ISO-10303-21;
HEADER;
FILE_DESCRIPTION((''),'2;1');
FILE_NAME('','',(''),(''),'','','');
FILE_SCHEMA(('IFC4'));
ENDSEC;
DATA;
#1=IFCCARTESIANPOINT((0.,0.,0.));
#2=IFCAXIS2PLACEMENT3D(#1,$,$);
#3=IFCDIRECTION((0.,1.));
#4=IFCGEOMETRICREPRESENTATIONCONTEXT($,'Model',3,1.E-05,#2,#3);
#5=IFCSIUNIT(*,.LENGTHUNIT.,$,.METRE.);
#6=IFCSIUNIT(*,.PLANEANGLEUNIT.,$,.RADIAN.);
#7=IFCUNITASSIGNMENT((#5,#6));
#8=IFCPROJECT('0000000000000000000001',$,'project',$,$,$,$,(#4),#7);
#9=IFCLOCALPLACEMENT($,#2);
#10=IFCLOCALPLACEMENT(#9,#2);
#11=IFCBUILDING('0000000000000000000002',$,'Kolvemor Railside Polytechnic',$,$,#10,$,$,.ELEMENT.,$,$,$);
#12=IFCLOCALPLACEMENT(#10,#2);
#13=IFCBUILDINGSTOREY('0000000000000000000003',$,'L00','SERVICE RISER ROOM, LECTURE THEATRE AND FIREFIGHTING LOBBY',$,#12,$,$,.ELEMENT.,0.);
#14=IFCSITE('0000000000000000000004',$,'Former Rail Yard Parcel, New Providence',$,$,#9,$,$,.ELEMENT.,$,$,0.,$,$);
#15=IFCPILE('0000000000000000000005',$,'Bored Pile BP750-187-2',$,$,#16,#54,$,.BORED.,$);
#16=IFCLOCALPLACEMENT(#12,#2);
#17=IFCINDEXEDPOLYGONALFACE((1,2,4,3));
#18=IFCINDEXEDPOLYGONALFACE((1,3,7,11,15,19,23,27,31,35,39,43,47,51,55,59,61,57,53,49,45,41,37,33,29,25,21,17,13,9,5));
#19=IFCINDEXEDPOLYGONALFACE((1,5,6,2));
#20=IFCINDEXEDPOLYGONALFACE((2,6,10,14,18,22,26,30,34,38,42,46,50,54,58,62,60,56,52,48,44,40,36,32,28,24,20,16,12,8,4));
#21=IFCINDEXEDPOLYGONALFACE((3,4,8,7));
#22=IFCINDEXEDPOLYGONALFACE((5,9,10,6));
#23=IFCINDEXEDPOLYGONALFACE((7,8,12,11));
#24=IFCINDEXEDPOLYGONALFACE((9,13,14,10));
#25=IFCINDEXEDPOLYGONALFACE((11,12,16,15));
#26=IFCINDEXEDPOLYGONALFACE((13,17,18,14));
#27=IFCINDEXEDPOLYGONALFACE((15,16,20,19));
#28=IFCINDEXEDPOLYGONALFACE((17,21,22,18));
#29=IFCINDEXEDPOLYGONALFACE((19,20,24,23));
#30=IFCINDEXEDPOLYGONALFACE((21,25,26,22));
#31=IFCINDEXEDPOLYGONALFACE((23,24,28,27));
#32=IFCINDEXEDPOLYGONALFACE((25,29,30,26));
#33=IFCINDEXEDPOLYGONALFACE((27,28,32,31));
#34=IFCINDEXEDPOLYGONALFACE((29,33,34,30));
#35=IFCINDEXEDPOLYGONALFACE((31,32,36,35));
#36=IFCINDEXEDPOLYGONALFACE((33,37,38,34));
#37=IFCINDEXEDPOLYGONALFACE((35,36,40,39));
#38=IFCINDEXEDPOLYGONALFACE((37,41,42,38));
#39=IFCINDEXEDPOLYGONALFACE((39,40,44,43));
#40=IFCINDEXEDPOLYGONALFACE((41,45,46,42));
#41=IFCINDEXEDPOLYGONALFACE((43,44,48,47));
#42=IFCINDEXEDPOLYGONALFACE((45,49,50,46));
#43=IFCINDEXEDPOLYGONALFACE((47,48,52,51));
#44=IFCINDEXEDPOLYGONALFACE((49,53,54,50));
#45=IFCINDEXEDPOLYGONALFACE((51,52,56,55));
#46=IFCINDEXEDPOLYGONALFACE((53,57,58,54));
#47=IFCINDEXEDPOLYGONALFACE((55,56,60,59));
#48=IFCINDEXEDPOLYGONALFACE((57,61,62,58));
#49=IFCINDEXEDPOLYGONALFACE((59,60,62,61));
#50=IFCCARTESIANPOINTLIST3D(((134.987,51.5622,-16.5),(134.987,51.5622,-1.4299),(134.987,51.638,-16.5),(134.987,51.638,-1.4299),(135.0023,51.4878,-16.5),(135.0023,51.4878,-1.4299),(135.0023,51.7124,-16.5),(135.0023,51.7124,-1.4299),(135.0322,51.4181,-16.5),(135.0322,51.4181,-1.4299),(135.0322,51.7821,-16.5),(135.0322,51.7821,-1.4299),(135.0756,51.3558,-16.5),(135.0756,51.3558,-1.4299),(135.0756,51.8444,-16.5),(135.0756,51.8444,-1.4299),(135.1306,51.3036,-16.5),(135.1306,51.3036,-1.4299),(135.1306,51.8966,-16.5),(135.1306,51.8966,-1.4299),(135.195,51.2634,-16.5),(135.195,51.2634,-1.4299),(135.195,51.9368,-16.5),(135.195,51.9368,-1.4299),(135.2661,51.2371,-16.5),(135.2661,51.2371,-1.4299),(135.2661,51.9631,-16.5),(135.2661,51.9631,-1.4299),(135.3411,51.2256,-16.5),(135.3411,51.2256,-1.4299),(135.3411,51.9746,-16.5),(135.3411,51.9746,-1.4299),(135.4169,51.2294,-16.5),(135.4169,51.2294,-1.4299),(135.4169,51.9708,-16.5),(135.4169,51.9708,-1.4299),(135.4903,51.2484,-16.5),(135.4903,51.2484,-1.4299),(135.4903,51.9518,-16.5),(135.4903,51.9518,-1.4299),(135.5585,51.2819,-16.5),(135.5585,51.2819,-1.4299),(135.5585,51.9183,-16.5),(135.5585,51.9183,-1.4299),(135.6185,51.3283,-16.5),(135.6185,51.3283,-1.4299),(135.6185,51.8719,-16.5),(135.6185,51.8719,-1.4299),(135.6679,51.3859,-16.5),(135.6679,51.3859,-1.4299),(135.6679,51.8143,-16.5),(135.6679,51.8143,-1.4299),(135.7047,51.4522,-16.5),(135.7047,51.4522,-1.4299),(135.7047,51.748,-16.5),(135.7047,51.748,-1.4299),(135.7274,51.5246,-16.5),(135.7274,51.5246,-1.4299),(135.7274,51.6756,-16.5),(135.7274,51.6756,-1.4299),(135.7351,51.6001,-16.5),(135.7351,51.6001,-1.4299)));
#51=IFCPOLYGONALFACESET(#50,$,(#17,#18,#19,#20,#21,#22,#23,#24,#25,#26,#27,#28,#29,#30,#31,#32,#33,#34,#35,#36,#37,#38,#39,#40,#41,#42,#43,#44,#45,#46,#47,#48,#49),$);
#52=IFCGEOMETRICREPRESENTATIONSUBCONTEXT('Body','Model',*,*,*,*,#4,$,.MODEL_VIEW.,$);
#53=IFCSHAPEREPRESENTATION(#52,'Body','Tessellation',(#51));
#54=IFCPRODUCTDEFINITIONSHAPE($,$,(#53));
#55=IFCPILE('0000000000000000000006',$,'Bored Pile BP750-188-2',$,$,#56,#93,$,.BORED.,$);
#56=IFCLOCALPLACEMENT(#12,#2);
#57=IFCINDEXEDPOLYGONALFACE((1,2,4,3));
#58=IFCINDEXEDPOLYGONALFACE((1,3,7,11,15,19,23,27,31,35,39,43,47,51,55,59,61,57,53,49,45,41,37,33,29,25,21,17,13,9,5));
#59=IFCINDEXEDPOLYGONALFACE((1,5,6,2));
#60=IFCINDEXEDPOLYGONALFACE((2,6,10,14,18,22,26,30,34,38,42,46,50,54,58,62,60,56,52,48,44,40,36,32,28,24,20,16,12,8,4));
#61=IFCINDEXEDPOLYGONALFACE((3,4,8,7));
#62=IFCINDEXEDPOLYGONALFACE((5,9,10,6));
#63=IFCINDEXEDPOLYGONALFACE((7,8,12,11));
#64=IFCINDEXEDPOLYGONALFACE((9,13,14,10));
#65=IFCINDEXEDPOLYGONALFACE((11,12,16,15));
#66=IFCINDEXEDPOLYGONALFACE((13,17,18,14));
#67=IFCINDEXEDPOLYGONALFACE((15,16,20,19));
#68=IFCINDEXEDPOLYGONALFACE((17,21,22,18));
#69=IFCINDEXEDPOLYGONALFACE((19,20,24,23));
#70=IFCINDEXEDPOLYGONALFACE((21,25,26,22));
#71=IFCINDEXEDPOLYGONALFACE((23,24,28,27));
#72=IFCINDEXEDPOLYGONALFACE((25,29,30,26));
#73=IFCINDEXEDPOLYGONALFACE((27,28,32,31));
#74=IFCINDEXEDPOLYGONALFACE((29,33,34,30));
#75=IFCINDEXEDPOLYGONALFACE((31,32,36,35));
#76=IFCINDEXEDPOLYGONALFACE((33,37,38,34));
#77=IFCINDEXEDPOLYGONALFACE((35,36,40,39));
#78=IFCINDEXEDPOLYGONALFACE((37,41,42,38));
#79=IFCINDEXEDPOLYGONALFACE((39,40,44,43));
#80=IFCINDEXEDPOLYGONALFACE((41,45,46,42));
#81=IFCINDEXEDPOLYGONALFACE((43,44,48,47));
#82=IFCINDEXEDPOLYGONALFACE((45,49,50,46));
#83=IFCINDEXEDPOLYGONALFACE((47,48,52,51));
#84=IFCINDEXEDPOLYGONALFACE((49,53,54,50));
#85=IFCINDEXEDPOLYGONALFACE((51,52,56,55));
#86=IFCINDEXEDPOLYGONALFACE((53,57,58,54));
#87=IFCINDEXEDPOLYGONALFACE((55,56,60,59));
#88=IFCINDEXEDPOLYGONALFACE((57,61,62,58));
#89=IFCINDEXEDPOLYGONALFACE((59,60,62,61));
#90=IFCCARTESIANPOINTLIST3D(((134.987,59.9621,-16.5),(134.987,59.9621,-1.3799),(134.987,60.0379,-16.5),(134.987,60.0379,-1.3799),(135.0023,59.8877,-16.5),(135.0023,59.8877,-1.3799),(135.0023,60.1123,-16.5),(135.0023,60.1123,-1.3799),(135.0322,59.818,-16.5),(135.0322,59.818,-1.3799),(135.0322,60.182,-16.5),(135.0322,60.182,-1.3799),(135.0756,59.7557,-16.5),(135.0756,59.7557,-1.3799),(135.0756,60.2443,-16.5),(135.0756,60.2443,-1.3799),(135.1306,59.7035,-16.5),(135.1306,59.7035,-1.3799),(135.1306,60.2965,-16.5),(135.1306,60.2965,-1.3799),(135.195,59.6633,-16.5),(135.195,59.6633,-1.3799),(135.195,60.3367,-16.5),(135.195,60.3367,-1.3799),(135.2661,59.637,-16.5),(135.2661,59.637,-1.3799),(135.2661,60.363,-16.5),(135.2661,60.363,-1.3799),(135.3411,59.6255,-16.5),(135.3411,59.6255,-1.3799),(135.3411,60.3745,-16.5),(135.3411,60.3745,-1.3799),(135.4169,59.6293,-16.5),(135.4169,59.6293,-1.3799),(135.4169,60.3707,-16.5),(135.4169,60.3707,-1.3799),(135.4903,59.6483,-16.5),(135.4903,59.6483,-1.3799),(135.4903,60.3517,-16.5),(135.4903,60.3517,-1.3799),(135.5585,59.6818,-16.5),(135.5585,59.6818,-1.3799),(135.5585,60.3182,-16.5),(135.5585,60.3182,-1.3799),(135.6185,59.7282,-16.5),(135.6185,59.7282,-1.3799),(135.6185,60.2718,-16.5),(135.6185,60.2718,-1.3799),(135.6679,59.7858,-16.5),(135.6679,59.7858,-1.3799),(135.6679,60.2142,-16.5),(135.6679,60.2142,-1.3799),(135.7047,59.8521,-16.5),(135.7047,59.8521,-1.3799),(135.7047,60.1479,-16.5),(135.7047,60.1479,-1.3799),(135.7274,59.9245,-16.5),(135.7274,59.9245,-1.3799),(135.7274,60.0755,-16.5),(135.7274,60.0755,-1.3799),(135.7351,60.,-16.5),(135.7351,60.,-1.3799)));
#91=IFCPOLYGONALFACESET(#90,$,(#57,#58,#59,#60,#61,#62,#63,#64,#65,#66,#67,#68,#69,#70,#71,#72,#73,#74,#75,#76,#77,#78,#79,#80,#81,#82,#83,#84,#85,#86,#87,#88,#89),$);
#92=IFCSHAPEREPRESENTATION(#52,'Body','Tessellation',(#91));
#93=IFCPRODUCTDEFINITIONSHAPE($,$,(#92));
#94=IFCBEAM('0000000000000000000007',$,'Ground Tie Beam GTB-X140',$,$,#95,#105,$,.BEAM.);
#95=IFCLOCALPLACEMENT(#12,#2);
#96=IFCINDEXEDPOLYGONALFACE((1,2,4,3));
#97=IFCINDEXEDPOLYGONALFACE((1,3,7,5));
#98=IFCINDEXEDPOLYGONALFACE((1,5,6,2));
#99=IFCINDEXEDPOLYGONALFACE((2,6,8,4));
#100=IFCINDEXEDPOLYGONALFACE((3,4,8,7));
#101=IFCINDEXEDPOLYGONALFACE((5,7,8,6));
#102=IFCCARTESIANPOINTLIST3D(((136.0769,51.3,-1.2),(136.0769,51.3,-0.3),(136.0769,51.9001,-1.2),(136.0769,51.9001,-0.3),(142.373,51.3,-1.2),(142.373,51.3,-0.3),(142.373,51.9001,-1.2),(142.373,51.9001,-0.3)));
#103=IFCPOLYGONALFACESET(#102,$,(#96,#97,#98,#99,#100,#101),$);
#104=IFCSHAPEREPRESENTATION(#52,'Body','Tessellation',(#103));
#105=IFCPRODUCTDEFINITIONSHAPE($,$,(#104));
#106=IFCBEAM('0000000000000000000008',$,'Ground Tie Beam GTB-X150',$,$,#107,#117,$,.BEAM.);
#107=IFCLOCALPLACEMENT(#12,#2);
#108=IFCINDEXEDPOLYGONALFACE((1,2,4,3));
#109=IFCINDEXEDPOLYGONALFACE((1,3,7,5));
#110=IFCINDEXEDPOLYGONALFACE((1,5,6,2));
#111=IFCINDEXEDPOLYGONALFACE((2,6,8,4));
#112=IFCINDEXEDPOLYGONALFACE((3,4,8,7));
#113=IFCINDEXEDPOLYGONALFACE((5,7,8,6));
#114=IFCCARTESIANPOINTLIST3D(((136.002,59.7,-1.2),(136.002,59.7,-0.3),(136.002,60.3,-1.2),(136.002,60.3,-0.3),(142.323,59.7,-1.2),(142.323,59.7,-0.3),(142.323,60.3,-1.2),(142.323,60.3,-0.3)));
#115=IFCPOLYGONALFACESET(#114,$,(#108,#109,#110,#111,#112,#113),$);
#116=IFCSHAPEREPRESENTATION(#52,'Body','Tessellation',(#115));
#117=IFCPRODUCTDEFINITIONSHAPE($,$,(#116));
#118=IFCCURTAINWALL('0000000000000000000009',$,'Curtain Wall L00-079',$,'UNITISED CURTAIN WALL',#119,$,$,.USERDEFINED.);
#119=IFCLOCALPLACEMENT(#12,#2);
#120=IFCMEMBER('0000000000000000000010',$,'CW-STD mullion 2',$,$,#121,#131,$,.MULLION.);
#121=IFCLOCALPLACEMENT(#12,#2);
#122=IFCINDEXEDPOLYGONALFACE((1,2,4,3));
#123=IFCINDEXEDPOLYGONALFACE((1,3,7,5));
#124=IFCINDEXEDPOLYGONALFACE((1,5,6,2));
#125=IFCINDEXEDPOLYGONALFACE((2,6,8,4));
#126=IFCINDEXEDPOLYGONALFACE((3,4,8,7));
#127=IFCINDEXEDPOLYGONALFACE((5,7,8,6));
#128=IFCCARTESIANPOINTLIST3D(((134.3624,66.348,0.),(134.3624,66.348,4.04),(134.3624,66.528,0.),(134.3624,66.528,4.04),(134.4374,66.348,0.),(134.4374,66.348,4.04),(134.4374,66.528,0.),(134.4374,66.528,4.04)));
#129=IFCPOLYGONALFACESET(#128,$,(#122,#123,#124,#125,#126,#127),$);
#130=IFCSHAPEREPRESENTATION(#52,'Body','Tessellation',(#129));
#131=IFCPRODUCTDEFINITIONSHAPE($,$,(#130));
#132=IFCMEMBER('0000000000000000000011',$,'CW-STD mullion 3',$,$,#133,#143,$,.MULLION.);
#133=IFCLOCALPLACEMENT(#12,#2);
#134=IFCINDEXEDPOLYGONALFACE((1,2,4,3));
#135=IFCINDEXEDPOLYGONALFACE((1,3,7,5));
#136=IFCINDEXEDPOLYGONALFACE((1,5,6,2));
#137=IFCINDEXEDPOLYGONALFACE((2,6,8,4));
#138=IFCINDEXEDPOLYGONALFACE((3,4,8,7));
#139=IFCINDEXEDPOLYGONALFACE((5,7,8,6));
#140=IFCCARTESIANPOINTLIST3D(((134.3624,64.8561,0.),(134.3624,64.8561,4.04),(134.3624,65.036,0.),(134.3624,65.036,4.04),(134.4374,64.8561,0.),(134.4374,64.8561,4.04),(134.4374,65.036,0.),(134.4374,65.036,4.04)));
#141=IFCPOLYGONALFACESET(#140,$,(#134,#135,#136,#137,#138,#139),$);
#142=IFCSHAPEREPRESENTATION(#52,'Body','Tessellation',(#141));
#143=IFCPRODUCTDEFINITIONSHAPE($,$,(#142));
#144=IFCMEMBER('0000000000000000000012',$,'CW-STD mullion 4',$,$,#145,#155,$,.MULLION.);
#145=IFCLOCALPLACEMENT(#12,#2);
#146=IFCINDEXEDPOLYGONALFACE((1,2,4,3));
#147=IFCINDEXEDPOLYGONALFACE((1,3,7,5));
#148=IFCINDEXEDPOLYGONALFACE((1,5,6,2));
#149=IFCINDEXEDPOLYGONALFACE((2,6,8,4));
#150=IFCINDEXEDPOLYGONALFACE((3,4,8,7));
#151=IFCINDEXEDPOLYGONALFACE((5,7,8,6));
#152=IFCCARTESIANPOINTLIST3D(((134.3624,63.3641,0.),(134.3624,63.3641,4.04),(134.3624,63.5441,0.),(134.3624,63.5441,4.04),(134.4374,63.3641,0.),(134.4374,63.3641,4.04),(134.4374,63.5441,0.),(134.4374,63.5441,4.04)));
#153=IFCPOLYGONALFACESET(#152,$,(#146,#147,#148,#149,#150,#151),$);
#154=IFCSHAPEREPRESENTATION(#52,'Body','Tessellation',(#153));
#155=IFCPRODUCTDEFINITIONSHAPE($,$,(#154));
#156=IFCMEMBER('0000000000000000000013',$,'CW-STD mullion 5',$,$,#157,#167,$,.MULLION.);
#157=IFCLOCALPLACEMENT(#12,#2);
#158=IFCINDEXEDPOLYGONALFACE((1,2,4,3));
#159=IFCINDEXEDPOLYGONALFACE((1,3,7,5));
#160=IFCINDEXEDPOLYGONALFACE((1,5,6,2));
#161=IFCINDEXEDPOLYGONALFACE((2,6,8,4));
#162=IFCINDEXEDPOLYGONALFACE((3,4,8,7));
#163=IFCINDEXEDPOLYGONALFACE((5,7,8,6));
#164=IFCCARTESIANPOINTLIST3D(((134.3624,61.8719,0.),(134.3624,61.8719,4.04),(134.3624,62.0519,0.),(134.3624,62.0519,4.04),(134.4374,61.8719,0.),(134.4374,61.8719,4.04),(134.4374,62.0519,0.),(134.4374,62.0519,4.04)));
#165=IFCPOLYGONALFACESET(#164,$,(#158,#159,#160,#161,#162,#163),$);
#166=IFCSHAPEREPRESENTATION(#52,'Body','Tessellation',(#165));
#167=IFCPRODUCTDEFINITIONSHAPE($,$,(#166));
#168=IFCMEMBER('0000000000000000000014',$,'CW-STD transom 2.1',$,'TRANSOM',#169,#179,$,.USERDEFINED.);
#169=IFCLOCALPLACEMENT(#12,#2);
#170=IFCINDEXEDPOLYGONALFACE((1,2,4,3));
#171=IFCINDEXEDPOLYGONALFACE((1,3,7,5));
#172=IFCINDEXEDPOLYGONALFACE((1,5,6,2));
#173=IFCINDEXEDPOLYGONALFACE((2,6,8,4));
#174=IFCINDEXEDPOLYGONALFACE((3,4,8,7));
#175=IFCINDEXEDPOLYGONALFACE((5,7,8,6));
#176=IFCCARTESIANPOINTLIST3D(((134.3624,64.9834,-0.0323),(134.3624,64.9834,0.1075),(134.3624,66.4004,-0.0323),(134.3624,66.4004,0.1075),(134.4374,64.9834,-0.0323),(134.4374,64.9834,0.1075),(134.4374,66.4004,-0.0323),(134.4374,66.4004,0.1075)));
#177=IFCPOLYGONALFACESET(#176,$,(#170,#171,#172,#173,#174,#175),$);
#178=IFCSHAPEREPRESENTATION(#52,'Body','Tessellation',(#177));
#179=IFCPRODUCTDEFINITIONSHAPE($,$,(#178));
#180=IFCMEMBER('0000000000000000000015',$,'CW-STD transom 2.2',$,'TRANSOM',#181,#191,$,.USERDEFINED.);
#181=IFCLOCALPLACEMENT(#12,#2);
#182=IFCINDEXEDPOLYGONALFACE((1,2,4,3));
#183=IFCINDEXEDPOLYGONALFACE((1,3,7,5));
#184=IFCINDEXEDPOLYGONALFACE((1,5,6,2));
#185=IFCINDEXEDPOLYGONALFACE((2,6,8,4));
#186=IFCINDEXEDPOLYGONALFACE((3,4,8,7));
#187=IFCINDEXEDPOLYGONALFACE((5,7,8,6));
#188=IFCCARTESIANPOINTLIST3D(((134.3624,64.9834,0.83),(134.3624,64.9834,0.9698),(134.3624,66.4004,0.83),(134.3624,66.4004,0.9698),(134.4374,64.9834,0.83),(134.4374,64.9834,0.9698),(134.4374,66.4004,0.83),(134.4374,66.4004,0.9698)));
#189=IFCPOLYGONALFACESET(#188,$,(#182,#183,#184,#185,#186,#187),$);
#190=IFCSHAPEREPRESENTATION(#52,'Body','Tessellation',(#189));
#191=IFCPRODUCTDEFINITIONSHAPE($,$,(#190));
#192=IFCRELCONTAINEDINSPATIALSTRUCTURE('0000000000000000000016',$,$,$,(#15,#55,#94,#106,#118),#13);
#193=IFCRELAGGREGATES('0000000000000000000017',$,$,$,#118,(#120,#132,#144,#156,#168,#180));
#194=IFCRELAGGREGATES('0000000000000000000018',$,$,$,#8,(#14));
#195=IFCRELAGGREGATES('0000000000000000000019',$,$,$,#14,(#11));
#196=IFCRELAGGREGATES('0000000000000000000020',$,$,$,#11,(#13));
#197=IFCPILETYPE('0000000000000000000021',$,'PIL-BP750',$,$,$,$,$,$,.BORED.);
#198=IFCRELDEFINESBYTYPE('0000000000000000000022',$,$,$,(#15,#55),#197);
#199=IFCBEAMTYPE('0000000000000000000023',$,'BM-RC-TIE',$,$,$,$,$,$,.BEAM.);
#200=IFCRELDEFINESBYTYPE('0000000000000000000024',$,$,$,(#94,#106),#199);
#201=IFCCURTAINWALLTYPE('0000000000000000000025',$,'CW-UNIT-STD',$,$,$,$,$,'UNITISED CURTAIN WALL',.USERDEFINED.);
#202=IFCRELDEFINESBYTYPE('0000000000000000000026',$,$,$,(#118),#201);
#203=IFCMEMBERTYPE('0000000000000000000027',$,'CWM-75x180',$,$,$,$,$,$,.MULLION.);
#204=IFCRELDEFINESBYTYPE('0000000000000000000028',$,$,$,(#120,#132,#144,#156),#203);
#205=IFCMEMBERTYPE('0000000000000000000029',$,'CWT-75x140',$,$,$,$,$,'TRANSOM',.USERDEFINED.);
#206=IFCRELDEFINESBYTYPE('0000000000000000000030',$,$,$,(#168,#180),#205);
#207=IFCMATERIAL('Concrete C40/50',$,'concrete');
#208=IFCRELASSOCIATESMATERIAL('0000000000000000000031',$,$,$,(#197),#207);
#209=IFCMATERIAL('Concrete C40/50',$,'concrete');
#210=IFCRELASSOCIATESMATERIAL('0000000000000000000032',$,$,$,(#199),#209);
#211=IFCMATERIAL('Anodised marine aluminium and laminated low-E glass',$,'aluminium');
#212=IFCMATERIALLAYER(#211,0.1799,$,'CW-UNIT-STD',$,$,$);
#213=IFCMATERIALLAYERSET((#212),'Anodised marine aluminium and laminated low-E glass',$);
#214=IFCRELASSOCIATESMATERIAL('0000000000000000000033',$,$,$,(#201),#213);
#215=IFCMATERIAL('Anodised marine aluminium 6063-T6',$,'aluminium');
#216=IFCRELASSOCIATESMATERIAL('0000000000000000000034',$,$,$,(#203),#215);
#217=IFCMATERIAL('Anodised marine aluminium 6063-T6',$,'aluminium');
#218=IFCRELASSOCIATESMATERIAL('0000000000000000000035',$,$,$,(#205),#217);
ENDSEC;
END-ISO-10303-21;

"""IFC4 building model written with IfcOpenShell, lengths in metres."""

from ifc_helpers import new_model, si_unit, direction, frame, origin, origin_2d, place, context, subcontext, project, spatial, rectangle, circle, extrude, material, layer, layer_set, material_profile, profile_set, type_object, element, aggregate, save


model = new_model("IFC4")

# Units and contexts
model_context = context("Model", 3, precision=1e-05, world=origin(), true_north=direction((0.0, 1.0)))
body_context = subcontext(model_context, "Body", "Model", "MODEL_VIEW")
ifc_project = project(units=[si_unit("LENGTHUNIT", "METRE"), si_unit("PLANEANGLEUNIT", "RADIAN")], contexts=[model_context])

# Site, building, storey
site_placement = place(None, origin())
site = spatial("IfcSite", under=ifc_project, at=site_placement, Name="Former Rail Yard Parcel, New Providence", CompositionType="ELEMENT", RefElevation=0.0)
building_placement = place(site_placement, origin())
building = spatial("IfcBuilding", under=site, at=building_placement, Name="Kolvemor Railside Polytechnic", CompositionType="ELEMENT")
storey_placement = place(building_placement, origin())
storey = spatial("IfcBuildingStorey", under=building, at=storey_placement, Name="L00", Description="SERVICE RISER ROOM, LECTURE THEATRE AND FIREFIGHTING LOBBY", CompositionType="ELEMENT", Elevation=0.0)

# Piles
ifc_material_1 = material(Name="Concrete C40/50", Category="concrete")
ifc_material_profile_1 = material_profile(ifc_material_1, circle(Radius=0.375, at=origin_2d()), Name="BP750")
ifc_profile_set_1 = profile_set([ifc_material_profile_1], Name="Concrete C40/50")
pile_type = type_object("IfcPileType", Name="PIL-BP750", PredefinedType="BORED", material=ifc_profile_set_1)
pile_1_placement = place(storey_placement, frame((135.3601, 51.6001, -1.4299), z_axis=(0.0, 0.0, -1.0), x_axis=(1.0, 0.0, 0.0)))
element("IfcPile", 1, at=pile_1_placement, inside=storey, type_object=pile_type, Name="Bored Pile BP750-187-2", PredefinedType="BORED", context=body_context, shape_type="SweptSolid", body=[
    extrude(circle(Radius=0.375, at=origin_2d()), origin(), (0.0, 0.0, 1.0), 15.0701),
])
pile_2_placement = place(storey_placement, frame((135.3601, 60.0, -1.3799), z_axis=(0.0, 0.0, -1.0), x_axis=(1.0, 0.0, 0.0)))
element("IfcPile", 2, at=pile_2_placement, inside=storey, type_object=pile_type, Name="Bored Pile BP750-188-2", PredefinedType="BORED", context=body_context, shape_type="SweptSolid", body=[
    extrude(circle(Radius=0.375, at=origin_2d()), origin(), (0.0, 0.0, 1.0), 15.1201),
])

# Beams
ifc_material_2 = material(Name="Concrete C40/50", Category="concrete")
ifc_material_profile_2 = material_profile(ifc_material_2, rectangle(XDim=0.6001, YDim=0.8999, at=origin_2d()), Name="RC600x900")
ifc_profile_set_2 = profile_set([ifc_material_profile_2], Name="Concrete C40/50")
beam_type = type_object("IfcBeamType", Name="BM-RC-TIE", PredefinedType="BEAM", material=ifc_profile_set_2)
beam_1_placement = place(storey_placement, frame((136.0769, 51.6001, -0.75), z_axis=(1.0, 0.0, 0.0), x_axis=(0.0, 1.0, 0.0)))
element("IfcBeam", 3, at=beam_1_placement, inside=storey, type_object=beam_type, Name="Ground Tie Beam GTB-X140", PredefinedType="BEAM", context=body_context, shape_type="SweptSolid", body=[
    extrude(rectangle(XDim=0.6001, YDim=0.8999, at=origin_2d()), origin(), (0.0, 0.0, 1.0), 6.2961),
])
beam_2_placement = place(storey_placement, frame((136.002, 60.0, -0.75), z_axis=(1.0, 0.0, 0.0), x_axis=(0.0, 1.0, 0.0)))
element("IfcBeam", 4, at=beam_2_placement, inside=storey, type_object=beam_type, Name="Ground Tie Beam GTB-X150", PredefinedType="BEAM", context=body_context, shape_type="SweptSolid", body=[
    extrude(rectangle(XDim=0.6001, YDim=0.8999, at=origin_2d()), origin(), (0.0, 0.0, 1.0), 6.321),
])

# Curtain wall, members
ifc_material_3 = material(Name="Anodised marine aluminium and laminated low-E glass", Category="aluminium")
ifc_layer_1 = layer(ifc_material_3, 0.1799, Name="CW-UNIT-STD")
ifc_layer_set_1 = layer_set([ifc_layer_1], Name="Anodised marine aluminium and laminated low-E glass")
curtain_wall_type = type_object("IfcCurtainWallType", Name="CW-UNIT-STD", ElementType="UNITISED CURTAIN WALL", PredefinedType="USERDEFINED", material=ifc_layer_set_1)
curtain_wall_placement = place(storey_placement, origin())
curtain_wall = element("IfcCurtainWall", 5, at=curtain_wall_placement, inside=storey, type_object=curtain_wall_type, Name="Curtain Wall L00-079", ObjectType="UNITISED CURTAIN WALL", PredefinedType="USERDEFINED")
ifc_material_4 = material(Name="Anodised marine aluminium 6063-T6", Category="aluminium")
ifc_material_profile_3 = material_profile(ifc_material_4, rectangle(XDim=0.075, YDim=0.1799, at=origin_2d()), Name="CW-MUL-75x180")
ifc_profile_set_3 = profile_set([ifc_material_profile_3], Name="Anodised marine aluminium 6063-T6")
member_type_1 = type_object("IfcMemberType", Name="CWM-75x180", PredefinedType="MULLION", material=ifc_profile_set_3)
member_1_placement = place(storey_placement, frame((134.3999, 66.438, 0.0), z_axis=(0.0, 0.0, 1.0), x_axis=(1.0, 0.0, 0.0)))
member_1 = element("IfcMember", 6, at=member_1_placement, type_object=member_type_1, Name="CW-STD mullion 2", PredefinedType="MULLION", context=body_context, shape_type="SweptSolid", body=[
    extrude(rectangle(XDim=0.075, YDim=0.1799, at=origin_2d()), origin(), (0.0, 0.0, 1.0), 4.04),
])
member_2_placement = place(storey_placement, frame((134.3999, 64.946, 0.0), z_axis=(0.0, 0.0, 1.0), x_axis=(1.0, 0.0, 0.0)))
member_2 = element("IfcMember", 7, at=member_2_placement, type_object=member_type_1, Name="CW-STD mullion 3", PredefinedType="MULLION", context=body_context, shape_type="SweptSolid", body=[
    extrude(rectangle(XDim=0.075, YDim=0.1799, at=origin_2d()), origin(), (0.0, 0.0, 1.0), 4.04),
])
member_3_placement = place(storey_placement, frame((134.3999, 63.4541, 0.0), z_axis=(0.0, 0.0, 1.0), x_axis=(1.0, 0.0, 0.0)))
member_3 = element("IfcMember", 8, at=member_3_placement, type_object=member_type_1, Name="CW-STD mullion 4", PredefinedType="MULLION", context=body_context, shape_type="SweptSolid", body=[
    extrude(rectangle(XDim=0.075, YDim=0.1799, at=origin_2d()), origin(), (0.0, 0.0, 1.0), 4.04),
])
member_4_placement = place(storey_placement, frame((134.3999, 61.9619, 0.0), z_axis=(0.0, 0.0, 1.0), x_axis=(1.0, 0.0, 0.0)))
member_4 = element("IfcMember", 9, at=member_4_placement, type_object=member_type_1, Name="CW-STD mullion 5", PredefinedType="MULLION", context=body_context, shape_type="SweptSolid", body=[
    extrude(rectangle(XDim=0.075, YDim=0.1799, at=origin_2d()), origin(), (0.0, 0.0, 1.0), 4.04),
])
ifc_material_5 = material(Name="Anodised marine aluminium 6063-T6", Category="aluminium")
ifc_material_profile_4 = material_profile(ifc_material_5, rectangle(XDim=0.075, YDim=0.1399, at=origin_2d()), Name="CW-TRN-75x140")
ifc_profile_set_4 = profile_set([ifc_material_profile_4], Name="Anodised marine aluminium 6063-T6")
member_type_2 = type_object("IfcMemberType", Name="CWT-75x140", ElementType="TRANSOM", PredefinedType="USERDEFINED", material=ifc_profile_set_4)
member_5_placement = place(storey_placement, frame((134.3999, 66.4004, 0.0376), z_axis=(0.0, -1.0, 0.0), x_axis=(1.0, 0.0, 0.0)))
member_5 = element("IfcMember", 10, at=member_5_placement, type_object=member_type_2, Name="CW-STD transom 2.1", ObjectType="TRANSOM", PredefinedType="USERDEFINED", context=body_context, shape_type="SweptSolid", body=[
    extrude(rectangle(XDim=0.075, YDim=0.1399, at=origin_2d()), origin(), (0.0, 0.0, 1.0), 1.417),
])
member_6_placement = place(storey_placement, frame((134.3999, 66.4004, 0.8999), z_axis=(0.0, -1.0, 0.0), x_axis=(1.0, 0.0, 0.0)))
member_6 = element("IfcMember", 11, at=member_6_placement, type_object=member_type_2, Name="CW-STD transom 2.2", ObjectType="TRANSOM", PredefinedType="USERDEFINED", context=body_context, shape_type="SweptSolid", body=[
    extrude(rectangle(XDim=0.075, YDim=0.1399, at=origin_2d()), origin(), (0.0, 0.0, 1.0), 1.417),
])
aggregate(curtain_wall, [member_1, member_2, member_3, member_4, member_5, member_6])

save(model, "model.ifc")
